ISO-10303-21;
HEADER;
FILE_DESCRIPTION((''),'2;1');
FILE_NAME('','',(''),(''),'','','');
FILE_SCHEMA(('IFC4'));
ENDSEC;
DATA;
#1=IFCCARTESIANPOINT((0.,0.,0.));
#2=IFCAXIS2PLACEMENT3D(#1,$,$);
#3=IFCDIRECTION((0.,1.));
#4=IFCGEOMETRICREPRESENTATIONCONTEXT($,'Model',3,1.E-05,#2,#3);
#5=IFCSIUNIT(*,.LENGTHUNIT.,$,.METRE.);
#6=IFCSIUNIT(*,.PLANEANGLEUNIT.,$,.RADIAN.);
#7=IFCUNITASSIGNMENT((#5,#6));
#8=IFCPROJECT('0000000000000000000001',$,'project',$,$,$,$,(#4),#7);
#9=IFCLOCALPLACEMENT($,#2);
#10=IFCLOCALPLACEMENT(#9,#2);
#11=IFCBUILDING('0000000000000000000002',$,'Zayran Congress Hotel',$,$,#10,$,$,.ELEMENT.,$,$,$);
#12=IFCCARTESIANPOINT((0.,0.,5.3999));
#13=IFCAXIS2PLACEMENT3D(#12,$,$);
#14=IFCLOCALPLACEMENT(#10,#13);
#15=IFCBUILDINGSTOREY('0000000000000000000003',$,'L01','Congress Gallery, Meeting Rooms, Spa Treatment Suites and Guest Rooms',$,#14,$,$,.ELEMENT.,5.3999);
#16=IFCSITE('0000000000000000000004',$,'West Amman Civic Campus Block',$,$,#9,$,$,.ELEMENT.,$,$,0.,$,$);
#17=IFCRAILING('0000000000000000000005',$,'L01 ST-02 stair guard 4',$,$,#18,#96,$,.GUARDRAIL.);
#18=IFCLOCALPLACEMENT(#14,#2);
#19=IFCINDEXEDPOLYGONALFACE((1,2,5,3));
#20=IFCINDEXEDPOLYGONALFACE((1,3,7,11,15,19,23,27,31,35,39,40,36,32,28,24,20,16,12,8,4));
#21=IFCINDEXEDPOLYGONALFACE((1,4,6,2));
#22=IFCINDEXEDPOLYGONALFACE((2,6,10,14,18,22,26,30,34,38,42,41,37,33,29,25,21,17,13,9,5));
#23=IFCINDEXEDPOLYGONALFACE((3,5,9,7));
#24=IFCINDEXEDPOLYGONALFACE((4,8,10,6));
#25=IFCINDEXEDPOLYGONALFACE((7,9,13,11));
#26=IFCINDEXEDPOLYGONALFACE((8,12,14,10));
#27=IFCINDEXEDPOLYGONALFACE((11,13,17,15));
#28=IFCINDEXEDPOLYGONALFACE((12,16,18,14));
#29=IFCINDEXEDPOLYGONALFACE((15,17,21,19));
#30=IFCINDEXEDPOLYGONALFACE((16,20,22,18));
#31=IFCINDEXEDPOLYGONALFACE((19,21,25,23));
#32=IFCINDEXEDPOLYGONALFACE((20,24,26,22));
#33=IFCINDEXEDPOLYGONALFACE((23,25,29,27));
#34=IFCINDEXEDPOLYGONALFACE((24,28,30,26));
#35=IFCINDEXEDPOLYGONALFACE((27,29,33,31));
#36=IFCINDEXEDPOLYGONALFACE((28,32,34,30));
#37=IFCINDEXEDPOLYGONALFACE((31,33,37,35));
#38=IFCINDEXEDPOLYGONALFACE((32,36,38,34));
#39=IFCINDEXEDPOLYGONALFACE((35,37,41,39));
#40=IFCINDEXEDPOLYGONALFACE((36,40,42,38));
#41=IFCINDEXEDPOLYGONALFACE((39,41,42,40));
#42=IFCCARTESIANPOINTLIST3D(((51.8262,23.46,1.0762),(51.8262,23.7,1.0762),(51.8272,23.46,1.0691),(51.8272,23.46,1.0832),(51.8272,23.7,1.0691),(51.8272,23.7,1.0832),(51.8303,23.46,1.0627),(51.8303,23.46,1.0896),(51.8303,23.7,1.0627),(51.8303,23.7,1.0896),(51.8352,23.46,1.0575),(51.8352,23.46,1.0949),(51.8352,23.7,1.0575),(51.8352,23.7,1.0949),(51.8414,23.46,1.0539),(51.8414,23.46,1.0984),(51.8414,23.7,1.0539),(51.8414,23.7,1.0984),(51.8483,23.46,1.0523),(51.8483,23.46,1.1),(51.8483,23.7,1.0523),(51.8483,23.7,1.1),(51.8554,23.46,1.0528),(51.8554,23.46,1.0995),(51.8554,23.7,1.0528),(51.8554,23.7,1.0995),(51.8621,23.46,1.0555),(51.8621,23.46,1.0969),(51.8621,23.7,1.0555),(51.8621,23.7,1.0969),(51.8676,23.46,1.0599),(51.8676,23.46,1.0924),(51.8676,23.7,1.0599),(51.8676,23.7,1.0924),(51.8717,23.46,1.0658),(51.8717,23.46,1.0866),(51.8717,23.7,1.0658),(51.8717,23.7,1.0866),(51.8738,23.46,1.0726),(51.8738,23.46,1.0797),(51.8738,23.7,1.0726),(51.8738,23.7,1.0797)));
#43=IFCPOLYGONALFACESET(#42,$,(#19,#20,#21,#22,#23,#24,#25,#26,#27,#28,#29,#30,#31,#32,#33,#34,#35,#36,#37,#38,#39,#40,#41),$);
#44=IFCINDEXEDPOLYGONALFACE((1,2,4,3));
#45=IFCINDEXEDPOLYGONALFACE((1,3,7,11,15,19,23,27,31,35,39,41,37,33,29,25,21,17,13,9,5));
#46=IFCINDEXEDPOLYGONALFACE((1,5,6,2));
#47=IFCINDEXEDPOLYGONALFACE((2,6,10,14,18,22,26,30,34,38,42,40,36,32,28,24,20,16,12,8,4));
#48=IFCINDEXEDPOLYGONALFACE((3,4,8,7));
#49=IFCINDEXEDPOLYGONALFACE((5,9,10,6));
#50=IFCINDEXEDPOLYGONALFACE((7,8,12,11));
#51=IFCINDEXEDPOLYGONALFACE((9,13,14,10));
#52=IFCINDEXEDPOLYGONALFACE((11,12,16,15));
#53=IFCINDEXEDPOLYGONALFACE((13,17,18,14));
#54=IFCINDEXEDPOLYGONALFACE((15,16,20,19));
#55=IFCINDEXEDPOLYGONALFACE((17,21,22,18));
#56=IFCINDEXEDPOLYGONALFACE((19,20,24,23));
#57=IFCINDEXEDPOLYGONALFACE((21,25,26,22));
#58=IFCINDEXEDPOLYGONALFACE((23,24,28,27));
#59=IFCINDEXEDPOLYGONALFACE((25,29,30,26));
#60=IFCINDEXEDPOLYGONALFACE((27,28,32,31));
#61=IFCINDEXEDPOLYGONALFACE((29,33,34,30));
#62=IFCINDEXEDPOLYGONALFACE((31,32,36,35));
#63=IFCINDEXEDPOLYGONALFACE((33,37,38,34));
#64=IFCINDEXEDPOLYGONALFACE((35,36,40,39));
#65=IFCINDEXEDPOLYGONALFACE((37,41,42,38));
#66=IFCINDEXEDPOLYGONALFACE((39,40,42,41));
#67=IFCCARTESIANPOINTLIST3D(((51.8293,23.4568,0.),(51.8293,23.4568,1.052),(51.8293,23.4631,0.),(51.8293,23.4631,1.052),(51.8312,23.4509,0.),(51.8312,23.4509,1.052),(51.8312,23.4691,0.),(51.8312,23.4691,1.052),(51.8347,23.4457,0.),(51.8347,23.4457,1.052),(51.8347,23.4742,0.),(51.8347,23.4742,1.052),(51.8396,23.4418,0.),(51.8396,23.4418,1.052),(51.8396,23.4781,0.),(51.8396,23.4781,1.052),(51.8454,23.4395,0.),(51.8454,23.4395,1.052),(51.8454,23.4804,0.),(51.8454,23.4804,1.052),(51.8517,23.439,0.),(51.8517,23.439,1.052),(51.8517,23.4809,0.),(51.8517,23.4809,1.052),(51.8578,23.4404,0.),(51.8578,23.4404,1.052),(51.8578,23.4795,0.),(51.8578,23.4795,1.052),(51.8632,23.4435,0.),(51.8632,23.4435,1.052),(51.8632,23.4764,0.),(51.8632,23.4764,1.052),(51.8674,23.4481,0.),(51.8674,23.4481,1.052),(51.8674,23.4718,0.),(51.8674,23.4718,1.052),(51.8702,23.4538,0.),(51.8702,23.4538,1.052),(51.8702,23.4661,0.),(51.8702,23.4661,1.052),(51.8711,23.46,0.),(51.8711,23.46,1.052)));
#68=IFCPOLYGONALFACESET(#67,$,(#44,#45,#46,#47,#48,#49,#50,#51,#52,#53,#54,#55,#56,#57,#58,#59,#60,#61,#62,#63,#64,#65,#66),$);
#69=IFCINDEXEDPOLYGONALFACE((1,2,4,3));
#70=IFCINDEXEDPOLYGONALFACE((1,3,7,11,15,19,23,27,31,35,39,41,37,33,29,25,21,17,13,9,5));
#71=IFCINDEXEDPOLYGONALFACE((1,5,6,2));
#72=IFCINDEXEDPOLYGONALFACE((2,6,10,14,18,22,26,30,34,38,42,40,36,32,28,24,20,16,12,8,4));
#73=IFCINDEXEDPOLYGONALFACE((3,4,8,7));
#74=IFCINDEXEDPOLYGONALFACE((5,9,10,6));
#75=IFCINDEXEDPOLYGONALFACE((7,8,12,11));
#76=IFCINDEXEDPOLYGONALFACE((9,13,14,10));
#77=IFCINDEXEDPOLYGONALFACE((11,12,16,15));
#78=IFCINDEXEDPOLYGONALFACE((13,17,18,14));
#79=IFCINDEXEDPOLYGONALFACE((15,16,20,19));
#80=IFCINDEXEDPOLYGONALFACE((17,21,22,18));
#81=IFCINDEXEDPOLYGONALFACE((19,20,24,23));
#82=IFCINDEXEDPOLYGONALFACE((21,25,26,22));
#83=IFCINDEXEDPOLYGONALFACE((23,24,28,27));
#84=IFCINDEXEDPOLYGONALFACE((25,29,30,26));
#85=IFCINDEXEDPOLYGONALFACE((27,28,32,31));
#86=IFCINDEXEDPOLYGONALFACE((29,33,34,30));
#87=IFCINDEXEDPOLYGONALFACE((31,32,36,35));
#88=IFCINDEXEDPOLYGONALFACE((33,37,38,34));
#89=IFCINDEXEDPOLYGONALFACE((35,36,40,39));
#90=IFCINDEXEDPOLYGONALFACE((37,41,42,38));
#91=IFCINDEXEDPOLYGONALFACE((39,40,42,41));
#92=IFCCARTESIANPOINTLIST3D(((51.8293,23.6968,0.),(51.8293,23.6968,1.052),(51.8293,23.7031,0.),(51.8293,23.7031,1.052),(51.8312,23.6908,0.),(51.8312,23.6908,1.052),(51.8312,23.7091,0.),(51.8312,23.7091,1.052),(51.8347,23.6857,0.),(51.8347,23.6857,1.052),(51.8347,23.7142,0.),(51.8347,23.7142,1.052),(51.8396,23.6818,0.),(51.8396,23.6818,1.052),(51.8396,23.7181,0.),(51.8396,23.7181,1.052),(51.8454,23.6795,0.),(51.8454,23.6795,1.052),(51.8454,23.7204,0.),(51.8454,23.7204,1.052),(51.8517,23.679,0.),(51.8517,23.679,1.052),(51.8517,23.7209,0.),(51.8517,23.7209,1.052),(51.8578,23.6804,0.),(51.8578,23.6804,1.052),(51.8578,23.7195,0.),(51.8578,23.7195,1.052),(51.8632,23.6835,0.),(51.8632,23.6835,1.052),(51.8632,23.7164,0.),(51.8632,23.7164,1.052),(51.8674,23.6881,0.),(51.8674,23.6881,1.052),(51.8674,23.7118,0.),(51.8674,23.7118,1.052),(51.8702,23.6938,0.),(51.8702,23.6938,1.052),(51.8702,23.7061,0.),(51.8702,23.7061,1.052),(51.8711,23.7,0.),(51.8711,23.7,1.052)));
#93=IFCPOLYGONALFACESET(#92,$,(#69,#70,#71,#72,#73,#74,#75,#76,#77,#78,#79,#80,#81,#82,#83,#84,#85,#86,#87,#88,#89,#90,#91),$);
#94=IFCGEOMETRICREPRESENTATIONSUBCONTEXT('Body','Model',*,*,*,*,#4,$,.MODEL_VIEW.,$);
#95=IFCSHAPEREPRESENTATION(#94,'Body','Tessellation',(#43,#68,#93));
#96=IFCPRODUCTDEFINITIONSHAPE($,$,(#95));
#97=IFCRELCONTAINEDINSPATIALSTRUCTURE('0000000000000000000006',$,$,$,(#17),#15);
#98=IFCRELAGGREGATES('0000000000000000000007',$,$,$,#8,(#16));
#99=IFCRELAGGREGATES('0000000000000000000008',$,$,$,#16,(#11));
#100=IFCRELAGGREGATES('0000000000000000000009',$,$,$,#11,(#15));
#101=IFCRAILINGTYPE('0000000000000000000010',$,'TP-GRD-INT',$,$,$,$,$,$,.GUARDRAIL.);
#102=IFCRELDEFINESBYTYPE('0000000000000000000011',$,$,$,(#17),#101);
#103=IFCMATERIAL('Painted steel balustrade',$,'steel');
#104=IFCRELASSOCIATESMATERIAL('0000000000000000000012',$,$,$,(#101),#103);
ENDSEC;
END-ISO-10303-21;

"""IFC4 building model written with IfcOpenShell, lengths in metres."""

from ifc_helpers import new_model, si_unit, direction, frame, origin, origin_2d, place, context, subcontext, project, spatial, circle, extrude, material, type_object, element, save


model = new_model("IFC4")

# Units and contexts
model_context = context("Model", 3, precision=1e-05, world=origin(), true_north=direction((0.0, 1.0)))
body_context = subcontext(model_context, "Body", "Model", "MODEL_VIEW")
ifc_project = project(units=[si_unit("LENGTHUNIT", "METRE"), si_unit("PLANEANGLEUNIT", "RADIAN")], contexts=[model_context])

# Site, building, storey
site_placement = place(None, origin())
site = spatial("IfcSite", under=ifc_project, at=site_placement, Name="West Amman Civic Campus Block", CompositionType="ELEMENT", RefElevation=0.0)
building_placement = place(site_placement, origin())
building = spatial("IfcBuilding", under=site, at=building_placement, Name="Zayran Congress Hotel", CompositionType="ELEMENT")
storey_placement = place(building_placement, frame((0.0, 0.0, 5.3999)))
storey = spatial("IfcBuildingStorey", under=building, at=storey_placement, Name="L01", Description="Congress Gallery, Meeting Rooms, Spa Treatment Suites and Guest Rooms", CompositionType="ELEMENT", Elevation=5.3999)

# Railing
ifc_material_1 = material(Name="Painted steel balustrade", Category="steel")
railing_type_1 = type_object("IfcRailingType", Name="TP-GRD-INT", PredefinedType="GUARDRAIL", material=ifc_material_1)
railing_1_placement = place(storey_placement, frame((51.8501, 23.46, 0.0)))
element("IfcRailing", 1, at=railing_1_placement, inside=storey, type_object=railing_type_1, Name="L01 ST-02 stair guard 4", PredefinedType="GUARDRAIL", context=body_context, shape_type="SweptSolid", body=[
    extrude(circle(Radius=0.0239, at=origin_2d()), frame((0.0, 0.0, 1.0762), z_axis=(0.0, 1.0, 0.0), x_axis=(-1.0, 0.0, 0.0)), (0.0, 0.0, 1.0), 0.24),
    extrude(circle(Radius=0.021, at=origin_2d()), origin(), (0.0, 0.0, 1.0), 1.052),
    extrude(circle(Radius=0.021, at=origin_2d()), frame((0.0, 0.24, 0.0)), (0.0, 0.0, 1.0), 1.052),
])

save(model, "model.ifc")
